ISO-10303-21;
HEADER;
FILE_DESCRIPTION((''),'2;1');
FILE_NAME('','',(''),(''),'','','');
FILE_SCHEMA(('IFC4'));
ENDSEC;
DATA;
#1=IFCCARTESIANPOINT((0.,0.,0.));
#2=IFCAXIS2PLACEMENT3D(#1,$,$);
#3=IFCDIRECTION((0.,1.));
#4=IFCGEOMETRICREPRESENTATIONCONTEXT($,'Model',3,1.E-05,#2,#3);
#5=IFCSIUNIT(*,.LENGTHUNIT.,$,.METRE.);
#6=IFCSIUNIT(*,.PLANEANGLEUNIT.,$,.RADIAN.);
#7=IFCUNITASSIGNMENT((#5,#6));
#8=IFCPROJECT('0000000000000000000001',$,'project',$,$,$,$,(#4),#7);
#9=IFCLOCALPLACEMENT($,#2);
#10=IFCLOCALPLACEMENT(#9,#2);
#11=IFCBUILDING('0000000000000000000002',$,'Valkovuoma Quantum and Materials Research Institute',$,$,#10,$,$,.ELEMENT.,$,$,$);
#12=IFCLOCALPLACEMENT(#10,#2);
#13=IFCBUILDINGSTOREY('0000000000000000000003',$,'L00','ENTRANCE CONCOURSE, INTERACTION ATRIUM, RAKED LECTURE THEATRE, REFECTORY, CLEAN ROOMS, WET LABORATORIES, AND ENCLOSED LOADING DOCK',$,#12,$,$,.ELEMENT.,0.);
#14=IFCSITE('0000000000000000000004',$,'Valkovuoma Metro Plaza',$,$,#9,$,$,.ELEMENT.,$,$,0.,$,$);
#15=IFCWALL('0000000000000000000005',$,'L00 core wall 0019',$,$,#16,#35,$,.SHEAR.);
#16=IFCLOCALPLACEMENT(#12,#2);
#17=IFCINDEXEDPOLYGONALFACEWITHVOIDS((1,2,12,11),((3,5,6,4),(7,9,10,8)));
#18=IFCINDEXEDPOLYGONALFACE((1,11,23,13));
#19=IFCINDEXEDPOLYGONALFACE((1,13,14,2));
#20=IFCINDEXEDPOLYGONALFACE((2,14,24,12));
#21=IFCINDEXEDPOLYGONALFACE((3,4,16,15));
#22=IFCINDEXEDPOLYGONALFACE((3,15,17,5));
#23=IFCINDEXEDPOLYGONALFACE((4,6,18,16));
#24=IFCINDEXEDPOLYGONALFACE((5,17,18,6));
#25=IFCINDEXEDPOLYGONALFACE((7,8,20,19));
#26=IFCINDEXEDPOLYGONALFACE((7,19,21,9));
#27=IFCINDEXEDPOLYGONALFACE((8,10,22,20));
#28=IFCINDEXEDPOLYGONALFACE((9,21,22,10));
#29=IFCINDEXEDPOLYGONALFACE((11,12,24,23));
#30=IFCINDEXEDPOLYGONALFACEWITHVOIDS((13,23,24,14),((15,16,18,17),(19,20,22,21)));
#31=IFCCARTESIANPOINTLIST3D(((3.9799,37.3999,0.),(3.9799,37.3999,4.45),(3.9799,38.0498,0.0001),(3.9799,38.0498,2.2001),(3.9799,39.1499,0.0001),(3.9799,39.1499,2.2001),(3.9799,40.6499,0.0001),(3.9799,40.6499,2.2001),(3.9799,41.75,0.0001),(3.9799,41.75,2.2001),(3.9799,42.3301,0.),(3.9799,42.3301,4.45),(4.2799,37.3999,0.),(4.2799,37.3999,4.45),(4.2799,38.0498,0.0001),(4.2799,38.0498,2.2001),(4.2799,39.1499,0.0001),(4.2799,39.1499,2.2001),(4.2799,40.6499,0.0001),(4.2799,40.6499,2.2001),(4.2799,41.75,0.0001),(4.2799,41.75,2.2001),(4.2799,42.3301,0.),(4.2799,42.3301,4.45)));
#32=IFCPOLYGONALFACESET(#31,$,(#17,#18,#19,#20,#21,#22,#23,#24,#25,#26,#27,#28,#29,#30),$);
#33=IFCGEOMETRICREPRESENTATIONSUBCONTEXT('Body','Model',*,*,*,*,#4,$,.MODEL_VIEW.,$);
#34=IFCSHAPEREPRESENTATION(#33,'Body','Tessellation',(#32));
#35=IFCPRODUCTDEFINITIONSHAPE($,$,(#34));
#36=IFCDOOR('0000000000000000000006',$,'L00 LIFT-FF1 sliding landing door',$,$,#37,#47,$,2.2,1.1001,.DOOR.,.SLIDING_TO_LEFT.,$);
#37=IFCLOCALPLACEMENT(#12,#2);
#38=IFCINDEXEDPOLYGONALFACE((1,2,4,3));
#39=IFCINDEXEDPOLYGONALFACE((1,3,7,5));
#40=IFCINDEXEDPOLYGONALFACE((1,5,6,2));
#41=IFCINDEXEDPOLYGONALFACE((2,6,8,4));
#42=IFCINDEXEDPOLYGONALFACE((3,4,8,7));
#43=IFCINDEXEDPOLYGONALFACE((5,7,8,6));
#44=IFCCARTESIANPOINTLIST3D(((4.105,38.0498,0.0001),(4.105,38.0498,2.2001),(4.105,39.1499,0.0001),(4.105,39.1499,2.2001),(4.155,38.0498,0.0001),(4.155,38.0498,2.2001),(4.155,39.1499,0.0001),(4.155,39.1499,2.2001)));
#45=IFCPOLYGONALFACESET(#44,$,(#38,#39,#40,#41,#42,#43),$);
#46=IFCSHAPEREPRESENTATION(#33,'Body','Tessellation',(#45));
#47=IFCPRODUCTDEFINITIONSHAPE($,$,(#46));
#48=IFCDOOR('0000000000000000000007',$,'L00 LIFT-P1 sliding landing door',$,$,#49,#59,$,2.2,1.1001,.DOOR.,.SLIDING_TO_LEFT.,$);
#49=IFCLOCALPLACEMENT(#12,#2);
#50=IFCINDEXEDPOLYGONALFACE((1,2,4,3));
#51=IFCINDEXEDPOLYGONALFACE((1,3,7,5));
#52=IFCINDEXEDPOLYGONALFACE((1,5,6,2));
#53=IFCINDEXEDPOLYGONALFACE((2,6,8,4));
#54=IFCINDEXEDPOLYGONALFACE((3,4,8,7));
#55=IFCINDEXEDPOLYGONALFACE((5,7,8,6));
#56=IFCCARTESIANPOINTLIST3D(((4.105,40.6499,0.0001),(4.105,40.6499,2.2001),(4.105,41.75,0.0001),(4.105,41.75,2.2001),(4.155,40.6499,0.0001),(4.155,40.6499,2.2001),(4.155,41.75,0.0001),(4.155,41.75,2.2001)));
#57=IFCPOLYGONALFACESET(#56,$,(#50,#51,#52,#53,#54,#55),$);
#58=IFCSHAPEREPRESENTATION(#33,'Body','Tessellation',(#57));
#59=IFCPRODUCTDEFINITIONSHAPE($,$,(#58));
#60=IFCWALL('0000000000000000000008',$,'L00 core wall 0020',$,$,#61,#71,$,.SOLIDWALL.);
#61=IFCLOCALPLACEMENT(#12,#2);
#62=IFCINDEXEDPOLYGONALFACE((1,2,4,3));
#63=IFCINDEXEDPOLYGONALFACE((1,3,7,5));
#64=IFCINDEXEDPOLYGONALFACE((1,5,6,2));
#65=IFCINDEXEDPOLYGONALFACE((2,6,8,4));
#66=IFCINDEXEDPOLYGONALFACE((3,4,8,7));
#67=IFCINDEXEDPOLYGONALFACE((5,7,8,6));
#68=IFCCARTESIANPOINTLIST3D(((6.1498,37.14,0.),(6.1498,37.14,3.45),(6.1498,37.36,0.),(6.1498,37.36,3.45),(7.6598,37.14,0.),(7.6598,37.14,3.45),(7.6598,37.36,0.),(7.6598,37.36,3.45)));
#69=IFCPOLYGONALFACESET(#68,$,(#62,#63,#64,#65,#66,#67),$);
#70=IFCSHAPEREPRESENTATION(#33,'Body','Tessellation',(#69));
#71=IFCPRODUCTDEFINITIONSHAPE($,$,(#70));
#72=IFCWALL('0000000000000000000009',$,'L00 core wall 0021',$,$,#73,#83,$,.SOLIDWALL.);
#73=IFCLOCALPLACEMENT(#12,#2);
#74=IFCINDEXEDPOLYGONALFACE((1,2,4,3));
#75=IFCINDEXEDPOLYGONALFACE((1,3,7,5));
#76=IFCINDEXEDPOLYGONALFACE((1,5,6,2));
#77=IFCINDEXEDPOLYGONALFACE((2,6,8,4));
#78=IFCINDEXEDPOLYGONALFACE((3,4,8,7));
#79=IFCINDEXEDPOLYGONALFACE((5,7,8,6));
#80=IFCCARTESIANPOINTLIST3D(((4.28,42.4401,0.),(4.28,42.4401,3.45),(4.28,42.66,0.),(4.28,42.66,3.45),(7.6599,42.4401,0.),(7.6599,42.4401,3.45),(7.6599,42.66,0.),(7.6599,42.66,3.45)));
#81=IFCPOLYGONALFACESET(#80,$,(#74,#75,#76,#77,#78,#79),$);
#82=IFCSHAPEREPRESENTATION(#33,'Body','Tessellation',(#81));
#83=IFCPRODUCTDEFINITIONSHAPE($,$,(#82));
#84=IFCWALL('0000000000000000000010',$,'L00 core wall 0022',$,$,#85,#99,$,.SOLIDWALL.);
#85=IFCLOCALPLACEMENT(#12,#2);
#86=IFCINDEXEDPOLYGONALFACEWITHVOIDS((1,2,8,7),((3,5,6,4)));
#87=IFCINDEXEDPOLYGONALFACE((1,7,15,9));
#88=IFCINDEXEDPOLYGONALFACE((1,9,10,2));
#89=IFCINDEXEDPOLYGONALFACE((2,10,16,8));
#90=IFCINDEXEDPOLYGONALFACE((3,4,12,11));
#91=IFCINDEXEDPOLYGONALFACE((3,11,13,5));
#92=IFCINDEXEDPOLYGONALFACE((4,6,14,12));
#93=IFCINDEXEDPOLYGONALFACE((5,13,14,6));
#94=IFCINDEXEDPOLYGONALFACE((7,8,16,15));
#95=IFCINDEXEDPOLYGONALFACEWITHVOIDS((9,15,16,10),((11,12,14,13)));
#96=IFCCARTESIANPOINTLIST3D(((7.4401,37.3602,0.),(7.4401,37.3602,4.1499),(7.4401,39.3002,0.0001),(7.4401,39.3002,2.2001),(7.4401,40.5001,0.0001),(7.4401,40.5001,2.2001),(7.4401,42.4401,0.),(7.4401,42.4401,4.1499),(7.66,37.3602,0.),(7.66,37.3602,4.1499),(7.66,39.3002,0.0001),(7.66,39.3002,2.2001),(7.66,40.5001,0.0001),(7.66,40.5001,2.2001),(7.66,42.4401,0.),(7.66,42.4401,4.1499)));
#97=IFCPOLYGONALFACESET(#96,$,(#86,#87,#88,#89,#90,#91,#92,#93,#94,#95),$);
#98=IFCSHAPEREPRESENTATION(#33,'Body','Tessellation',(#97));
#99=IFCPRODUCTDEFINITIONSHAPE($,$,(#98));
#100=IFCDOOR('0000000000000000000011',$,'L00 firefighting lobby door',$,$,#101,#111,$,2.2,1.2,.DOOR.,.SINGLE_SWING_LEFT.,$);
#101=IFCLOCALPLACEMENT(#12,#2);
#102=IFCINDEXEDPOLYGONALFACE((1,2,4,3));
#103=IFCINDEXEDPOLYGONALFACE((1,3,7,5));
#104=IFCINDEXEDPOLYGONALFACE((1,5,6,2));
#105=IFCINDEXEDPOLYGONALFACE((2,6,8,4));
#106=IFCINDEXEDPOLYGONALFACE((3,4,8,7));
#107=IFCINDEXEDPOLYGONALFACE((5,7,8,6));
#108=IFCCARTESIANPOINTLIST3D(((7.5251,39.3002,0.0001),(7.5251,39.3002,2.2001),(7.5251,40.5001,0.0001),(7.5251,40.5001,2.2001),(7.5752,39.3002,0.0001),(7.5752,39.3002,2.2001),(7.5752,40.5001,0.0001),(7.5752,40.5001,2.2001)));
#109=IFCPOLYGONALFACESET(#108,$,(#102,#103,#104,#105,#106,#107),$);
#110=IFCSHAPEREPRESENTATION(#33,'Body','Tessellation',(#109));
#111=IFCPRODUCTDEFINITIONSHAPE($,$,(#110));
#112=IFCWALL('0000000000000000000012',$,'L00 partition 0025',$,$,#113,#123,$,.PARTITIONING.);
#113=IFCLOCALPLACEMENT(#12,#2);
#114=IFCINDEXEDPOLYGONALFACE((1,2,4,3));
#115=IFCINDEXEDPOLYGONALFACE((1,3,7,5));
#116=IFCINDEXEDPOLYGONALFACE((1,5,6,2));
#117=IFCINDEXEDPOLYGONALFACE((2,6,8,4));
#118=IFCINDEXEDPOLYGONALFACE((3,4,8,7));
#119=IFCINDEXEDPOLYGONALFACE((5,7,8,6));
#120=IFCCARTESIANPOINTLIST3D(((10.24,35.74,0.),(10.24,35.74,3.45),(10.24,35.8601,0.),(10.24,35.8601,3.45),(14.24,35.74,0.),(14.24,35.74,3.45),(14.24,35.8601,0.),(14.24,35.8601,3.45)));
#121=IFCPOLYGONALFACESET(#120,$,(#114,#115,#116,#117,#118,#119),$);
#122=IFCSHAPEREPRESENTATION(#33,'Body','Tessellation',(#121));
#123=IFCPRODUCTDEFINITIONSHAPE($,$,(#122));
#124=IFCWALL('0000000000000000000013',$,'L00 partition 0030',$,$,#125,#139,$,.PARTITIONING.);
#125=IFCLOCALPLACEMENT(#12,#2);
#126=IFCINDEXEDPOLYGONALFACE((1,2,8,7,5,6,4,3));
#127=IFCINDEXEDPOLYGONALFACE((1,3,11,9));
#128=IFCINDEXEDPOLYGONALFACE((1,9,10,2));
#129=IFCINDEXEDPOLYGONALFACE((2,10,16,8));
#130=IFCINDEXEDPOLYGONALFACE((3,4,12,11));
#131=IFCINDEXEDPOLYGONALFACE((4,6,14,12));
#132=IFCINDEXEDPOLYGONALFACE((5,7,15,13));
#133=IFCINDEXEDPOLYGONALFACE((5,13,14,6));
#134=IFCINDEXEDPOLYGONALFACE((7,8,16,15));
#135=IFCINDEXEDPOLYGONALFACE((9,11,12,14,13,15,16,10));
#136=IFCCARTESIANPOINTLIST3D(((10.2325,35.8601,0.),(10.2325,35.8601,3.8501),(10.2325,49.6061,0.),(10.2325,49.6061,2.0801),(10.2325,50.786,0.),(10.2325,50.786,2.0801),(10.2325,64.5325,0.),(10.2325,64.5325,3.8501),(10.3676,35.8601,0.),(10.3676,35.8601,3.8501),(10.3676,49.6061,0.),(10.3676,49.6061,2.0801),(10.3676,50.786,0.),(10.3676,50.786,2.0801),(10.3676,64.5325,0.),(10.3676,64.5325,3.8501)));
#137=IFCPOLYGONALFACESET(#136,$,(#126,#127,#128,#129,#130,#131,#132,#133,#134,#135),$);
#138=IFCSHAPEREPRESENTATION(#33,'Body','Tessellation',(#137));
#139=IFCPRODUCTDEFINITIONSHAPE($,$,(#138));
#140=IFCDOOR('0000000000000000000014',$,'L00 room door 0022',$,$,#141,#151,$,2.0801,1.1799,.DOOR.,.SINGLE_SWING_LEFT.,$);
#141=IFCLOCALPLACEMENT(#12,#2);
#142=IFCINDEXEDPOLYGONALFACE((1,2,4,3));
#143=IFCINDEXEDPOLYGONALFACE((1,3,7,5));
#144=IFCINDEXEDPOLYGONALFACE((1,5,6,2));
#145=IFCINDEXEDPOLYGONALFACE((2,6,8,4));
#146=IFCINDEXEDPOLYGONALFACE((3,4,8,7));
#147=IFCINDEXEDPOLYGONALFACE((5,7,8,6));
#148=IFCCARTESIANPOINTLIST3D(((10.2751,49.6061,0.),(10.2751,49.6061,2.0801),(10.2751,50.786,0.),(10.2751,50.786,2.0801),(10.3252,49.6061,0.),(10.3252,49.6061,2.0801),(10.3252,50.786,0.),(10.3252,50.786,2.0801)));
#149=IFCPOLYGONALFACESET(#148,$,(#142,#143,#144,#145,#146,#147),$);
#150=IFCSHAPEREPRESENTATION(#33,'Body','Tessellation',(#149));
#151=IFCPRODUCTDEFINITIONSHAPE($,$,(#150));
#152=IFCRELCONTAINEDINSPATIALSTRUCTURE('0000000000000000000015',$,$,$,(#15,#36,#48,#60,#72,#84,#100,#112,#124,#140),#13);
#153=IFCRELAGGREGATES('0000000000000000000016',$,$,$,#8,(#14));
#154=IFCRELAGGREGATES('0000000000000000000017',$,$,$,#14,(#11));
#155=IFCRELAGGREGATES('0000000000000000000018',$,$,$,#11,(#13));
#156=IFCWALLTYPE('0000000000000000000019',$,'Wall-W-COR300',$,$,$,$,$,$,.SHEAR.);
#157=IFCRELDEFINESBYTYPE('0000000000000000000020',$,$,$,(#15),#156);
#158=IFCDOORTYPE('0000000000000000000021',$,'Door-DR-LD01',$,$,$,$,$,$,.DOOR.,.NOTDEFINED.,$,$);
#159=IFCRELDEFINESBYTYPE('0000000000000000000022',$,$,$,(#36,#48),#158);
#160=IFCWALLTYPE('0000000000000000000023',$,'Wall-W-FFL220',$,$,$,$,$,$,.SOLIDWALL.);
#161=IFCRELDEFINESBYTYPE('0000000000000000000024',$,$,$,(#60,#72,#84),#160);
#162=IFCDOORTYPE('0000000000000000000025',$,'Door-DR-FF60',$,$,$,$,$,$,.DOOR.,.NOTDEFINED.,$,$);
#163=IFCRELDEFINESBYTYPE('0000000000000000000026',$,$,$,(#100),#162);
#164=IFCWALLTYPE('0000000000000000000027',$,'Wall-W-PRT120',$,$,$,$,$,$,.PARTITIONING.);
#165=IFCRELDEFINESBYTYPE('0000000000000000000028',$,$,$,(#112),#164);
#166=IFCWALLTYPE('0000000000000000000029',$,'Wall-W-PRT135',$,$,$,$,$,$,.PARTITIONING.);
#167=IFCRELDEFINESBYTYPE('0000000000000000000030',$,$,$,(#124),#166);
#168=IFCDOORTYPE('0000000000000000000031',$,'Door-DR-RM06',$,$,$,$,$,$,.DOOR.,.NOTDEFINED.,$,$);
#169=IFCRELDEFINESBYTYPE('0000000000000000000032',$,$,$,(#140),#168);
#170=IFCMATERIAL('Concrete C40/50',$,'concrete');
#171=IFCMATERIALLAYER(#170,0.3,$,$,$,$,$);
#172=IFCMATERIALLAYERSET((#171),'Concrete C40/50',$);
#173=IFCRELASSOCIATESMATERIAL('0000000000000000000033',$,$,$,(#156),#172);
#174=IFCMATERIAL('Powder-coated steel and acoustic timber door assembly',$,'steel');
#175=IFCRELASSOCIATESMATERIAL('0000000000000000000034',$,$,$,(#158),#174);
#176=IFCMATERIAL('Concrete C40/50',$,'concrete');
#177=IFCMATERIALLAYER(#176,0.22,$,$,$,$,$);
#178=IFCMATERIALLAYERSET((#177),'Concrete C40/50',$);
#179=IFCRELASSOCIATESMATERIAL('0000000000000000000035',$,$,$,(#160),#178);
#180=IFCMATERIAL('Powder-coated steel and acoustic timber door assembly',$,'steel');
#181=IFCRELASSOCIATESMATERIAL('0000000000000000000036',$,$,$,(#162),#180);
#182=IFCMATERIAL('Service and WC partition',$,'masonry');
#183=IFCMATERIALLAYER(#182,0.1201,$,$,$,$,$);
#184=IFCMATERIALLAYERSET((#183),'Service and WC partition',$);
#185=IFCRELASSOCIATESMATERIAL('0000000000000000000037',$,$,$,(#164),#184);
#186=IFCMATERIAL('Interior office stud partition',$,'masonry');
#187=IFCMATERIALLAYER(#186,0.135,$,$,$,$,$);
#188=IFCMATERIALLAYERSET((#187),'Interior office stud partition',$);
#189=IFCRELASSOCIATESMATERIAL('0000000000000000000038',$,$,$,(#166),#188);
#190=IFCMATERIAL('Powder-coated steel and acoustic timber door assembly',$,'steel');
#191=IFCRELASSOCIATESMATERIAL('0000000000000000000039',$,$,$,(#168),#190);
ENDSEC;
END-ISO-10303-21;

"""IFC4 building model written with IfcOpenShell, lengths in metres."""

from ifc_helpers import new_model, si_unit, direction, frame, frame_2d, origin, place, context, subcontext, project, spatial, rectangle, extrude, material, layer, layer_set, type_object, element, fill, save


model = new_model("IFC4")

# Units and contexts
model_context = context("Model", 3, precision=1e-05, world=origin(), true_north=direction((0.0, 1.0)))
body_context = subcontext(model_context, "Body", "Model", "MODEL_VIEW")
ifc_project = project(units=[si_unit("LENGTHUNIT", "METRE"), si_unit("PLANEANGLEUNIT", "RADIAN")], contexts=[model_context])

# Site, building, storey
site_placement = place(None, origin())
site = spatial("IfcSite", under=ifc_project, at=site_placement, Name="Valkovuoma Metro Plaza", CompositionType="ELEMENT", RefElevation=0.0)
building_placement = place(site_placement, origin())
building = spatial("IfcBuilding", under=site, at=building_placement, Name="Valkovuoma Quantum and Materials Research Institute", CompositionType="ELEMENT")
storey_placement = place(building_placement, origin())
storey = spatial("IfcBuildingStorey", under=building, at=storey_placement, Name="L00", Description="ENTRANCE CONCOURSE, INTERACTION ATRIUM, RAKED LECTURE THEATRE, REFECTORY, CLEAN ROOMS, WET LABORATORIES, AND ENCLOSED LOADING DOCK", CompositionType="ELEMENT", Elevation=0.0)

# Shared definitions
ifc_material_1 = material(Name="Concrete C40/50", Category="concrete")
ifc_layer_1 = layer(ifc_material_1, 0.3)
ifc_layer_set_1 = layer_set([ifc_layer_1], Name="Concrete C40/50")
wall_type_1 = type_object("IfcWallType", Name="Wall-W-COR300", PredefinedType="SHEAR", material=ifc_layer_set_1)

# Wall, openings, doors
wall_1_placement = place(storey_placement, frame((4.1299, 37.3999, 0.0), z_axis=(0.0, 0.0, 1.0), x_axis=(0.0, 1.0, 0.0)))
wall_1 = element("IfcWall", 1, at=wall_1_placement, inside=storey, type_object=wall_type_1, Name="L00 core wall 0019", PredefinedType="SHEAR", context=body_context, shape_type="SweptSolid", body=[
    extrude(rectangle(XDim=4.9302, YDim=0.3, at=frame_2d((2.4651, 0.0))), origin(), (0.0, 0.0, 1.0), 4.45),
])
opening_1_placement = place(wall_1_placement, frame((0.6499, 0.0, 0.0)))
opening_1 = element("IfcOpeningElement", 2, at=opening_1_placement, cuts=wall_1, PredefinedType="OPENING", context=body_context, shape_type="SweptSolid", body=[
    extrude(rectangle(XDim=1.1001, YDim=2.2, at=frame_2d((0.55, 1.1001))), frame((0.0, 0.1602, 0.0), z_axis=(0.0, -1.0, 0.0), x_axis=(1.0, 0.0, 0.0)), (0.0, 0.0, 1.0), 0.3201),
])
opening_2_placement = place(wall_1_placement, frame((3.25, 0.0, 0.0)))
opening_2 = element("IfcOpeningElement", 3, at=opening_2_placement, cuts=wall_1, PredefinedType="OPENING", context=body_context, shape_type="SweptSolid", body=[
    extrude(rectangle(XDim=1.1001, YDim=2.2, at=frame_2d((0.55, 1.1001))), frame((0.0, 0.1602, 0.0), z_axis=(0.0, -1.0, 0.0), x_axis=(1.0, 0.0, 0.0)), (0.0, 0.0, 1.0), 0.3201),
])
ifc_material_2 = material(Name="Powder-coated steel and acoustic timber door assembly", Category="steel")
door_type_1 = type_object("IfcDoorType", Name="Door-DR-LD01", OperationType="NOTDEFINED", PredefinedType="DOOR", material=ifc_material_2)
door_1_placement = place(opening_1_placement, origin())
door_1 = element("IfcDoor", 4, at=door_1_placement, inside=storey, type_object=door_type_1, Name="L00 LIFT-FF1 sliding landing door", OperationType="SLIDING_TO_LEFT", OverallHeight=2.2, OverallWidth=1.1001, PredefinedType="DOOR", context=body_context, shape_type="SweptSolid", body=[
    extrude(rectangle(XDim=1.1001, YDim=2.2, at=frame_2d((0.55, 1.1001))), frame((0.0, 0.0249, 0.0), z_axis=(0.0, -1.0, 0.0), x_axis=(1.0, 0.0, 0.0)), (0.0, 0.0, 1.0), 0.05),
])
fill(opening_1, door_1)
door_2_placement = place(opening_2_placement, origin())
door_2 = element("IfcDoor", 5, at=door_2_placement, inside=storey, type_object=door_type_1, Name="L00 LIFT-P1 sliding landing door", OperationType="SLIDING_TO_LEFT", OverallHeight=2.2, OverallWidth=1.1001, PredefinedType="DOOR", context=body_context, shape_type="SweptSolid", body=[
    extrude(rectangle(XDim=1.1001, YDim=2.2, at=frame_2d((0.55, 1.1001))), frame((0.0, 0.0249, 0.0), z_axis=(0.0, -1.0, 0.0), x_axis=(1.0, 0.0, 0.0)), (0.0, 0.0, 1.0), 0.05),
])
fill(opening_2, door_2)

# Walls
ifc_material_3 = material(Name="Concrete C40/50", Category="concrete")
ifc_layer_2 = layer(ifc_material_3, 0.22)
ifc_layer_set_2 = layer_set([ifc_layer_2], Name="Concrete C40/50")
wall_type_2 = type_object("IfcWallType", Name="Wall-W-FFL220", PredefinedType="SOLIDWALL", material=ifc_layer_set_2)
wall_2_placement = place(storey_placement, frame((6.1499, 37.25, 0.0), z_axis=(0.0, 0.0, 1.0), x_axis=(1.0, 0.0, 0.0)))
element("IfcWall", 6, at=wall_2_placement, inside=storey, type_object=wall_type_2, Name="L00 core wall 0020", PredefinedType="SOLIDWALL", context=body_context, shape_type="SweptSolid", body=[
    extrude(rectangle(XDim=1.51, YDim=0.22, at=frame_2d((0.7549, 0.0))), origin(), (0.0, 0.0, 1.0), 3.45),
])
wall_3_placement = place(storey_placement, frame((4.28, 42.55, 0.0), z_axis=(0.0, 0.0, 1.0), x_axis=(1.0, 0.0, 0.0)))
element("IfcWall", 7, at=wall_3_placement, inside=storey, type_object=wall_type_2, Name="L00 core wall 0021", PredefinedType="SOLIDWALL", context=body_context, shape_type="SweptSolid", body=[
    extrude(rectangle(XDim=3.3799, YDim=0.22, at=frame_2d((1.6899, 0.0))), origin(), (0.0, 0.0, 1.0), 3.45),
])

# Wall, opening, door
wall_4_placement = place(storey_placement, frame((7.55, 37.3601, 0.0), z_axis=(0.0, 0.0, 1.0), x_axis=(0.0, 1.0, 0.0)))
wall_4 = element("IfcWall", 8, at=wall_4_placement, inside=storey, type_object=wall_type_2, Name="L00 core wall 0022", PredefinedType="SOLIDWALL", context=body_context, shape_type="SweptSolid", body=[
    extrude(rectangle(XDim=5.0798, YDim=0.22, at=frame_2d((2.54, 0.0))), origin(), (0.0, 0.0, 1.0), 4.1499),
])
opening_3_placement = place(wall_4_placement, frame((1.9399, 0.0, 0.0)))
opening_3 = element("IfcOpeningElement", 9, at=opening_3_placement, cuts=wall_4, PredefinedType="OPENING", context=body_context, shape_type="SweptSolid", body=[
    extrude(rectangle(XDim=1.2, YDim=2.2, at=frame_2d((0.6001, 1.1001))), frame((0.0, 0.1201, 0.0), z_axis=(0.0, -1.0, 0.0), x_axis=(1.0, 0.0, 0.0)), (0.0, 0.0, 1.0), 0.24),
])
ifc_material_4 = material(Name="Powder-coated steel and acoustic timber door assembly", Category="steel")
door_type_2 = type_object("IfcDoorType", Name="Door-DR-FF60", OperationType="NOTDEFINED", PredefinedType="DOOR", material=ifc_material_4)
door_3_placement = place(opening_3_placement, origin())
door_3 = element("IfcDoor", 10, at=door_3_placement, inside=storey, type_object=door_type_2, Name="L00 firefighting lobby door", OperationType="SINGLE_SWING_LEFT", OverallHeight=2.2, OverallWidth=1.2, PredefinedType="DOOR", context=body_context, shape_type="SweptSolid", body=[
    extrude(rectangle(XDim=1.2, YDim=2.2, at=frame_2d((0.6001, 1.1001))), frame((0.0, 0.0249, 0.0), z_axis=(0.0, -1.0, 0.0), x_axis=(1.0, 0.0, 0.0)), (0.0, 0.0, 1.0), 0.05),
])
fill(opening_3, door_3)

# Wall
ifc_material_5 = material(Name="Service and WC partition", Category="masonry")
ifc_layer_3 = layer(ifc_material_5, 0.1201)
ifc_layer_set_3 = layer_set([ifc_layer_3], Name="Service and WC partition")
wall_type_3 = type_object("IfcWallType", Name="Wall-W-PRT120", PredefinedType="PARTITIONING", material=ifc_layer_set_3)
wall_5_placement = place(storey_placement, frame((10.24, 35.8, 0.0), z_axis=(0.0, 0.0, 1.0), x_axis=(1.0, 0.0, 0.0)))
element("IfcWall", 11, at=wall_5_placement, inside=storey, type_object=wall_type_3, Name="L00 partition 0025", PredefinedType="PARTITIONING", context=body_context, shape_type="SweptSolid", body=[
    extrude(rectangle(XDim=4.0, YDim=0.1201, at=frame_2d((2.0, 0.0))), origin(), (0.0, 0.0, 1.0), 3.45),
])

# Wall, opening, door
ifc_material_6 = material(Name="Interior office stud partition", Category="masonry")
ifc_layer_4 = layer(ifc_material_6, 0.135)
ifc_layer_set_4 = layer_set([ifc_layer_4], Name="Interior office stud partition")
wall_type_4 = type_object("IfcWallType", Name="Wall-W-PRT135", PredefinedType="PARTITIONING", material=ifc_layer_set_4)
wall_6_placement = place(storey_placement, frame((10.3, 35.8601, 0.0), z_axis=(0.0, 0.0, 1.0), x_axis=(0.0, 1.0, 0.0)))
wall_6 = element("IfcWall", 12, at=wall_6_placement, inside=storey, type_object=wall_type_4, Name="L00 partition 0030", PredefinedType="PARTITIONING", context=body_context, shape_type="SweptSolid", body=[
    extrude(rectangle(XDim=28.6724, YDim=0.135, at=frame_2d((14.3362, 0.0))), origin(), (0.0, 0.0, 1.0), 3.8501),
])
opening_4_placement = place(wall_6_placement, frame((13.7461, 0.0, 0.0)))
opening_4 = element("IfcOpeningElement", 13, at=opening_4_placement, cuts=wall_6, PredefinedType="OPENING", context=body_context, shape_type="SweptSolid", body=[
    extrude(rectangle(XDim=1.1799, YDim=2.0801, at=frame_2d((0.5898, 1.04))), frame((0.0, 0.0776, 0.0), z_axis=(0.0, -1.0, 0.0), x_axis=(1.0, 0.0, 0.0)), (0.0, 0.0, 1.0), 0.155),
])
ifc_material_7 = material(Name="Powder-coated steel and acoustic timber door assembly", Category="steel")
door_type_3 = type_object("IfcDoorType", Name="Door-DR-RM06", OperationType="NOTDEFINED", PredefinedType="DOOR", material=ifc_material_7)
door_4_placement = place(opening_4_placement, origin())
door_4 = element("IfcDoor", 14, at=door_4_placement, inside=storey, type_object=door_type_3, Name="L00 room door 0022", OperationType="SINGLE_SWING_LEFT", OverallHeight=2.0801, OverallWidth=1.1799, PredefinedType="DOOR", context=body_context, shape_type="SweptSolid", body=[
    extrude(rectangle(XDim=1.1799, YDim=2.0801, at=frame_2d((0.5898, 1.04))), frame((0.0, 0.0249, 0.0), z_axis=(0.0, -1.0, 0.0), x_axis=(1.0, 0.0, 0.0)), (0.0, 0.0, 1.0), 0.05),
])
fill(opening_4, door_4)

save(model, "model.ifc")
